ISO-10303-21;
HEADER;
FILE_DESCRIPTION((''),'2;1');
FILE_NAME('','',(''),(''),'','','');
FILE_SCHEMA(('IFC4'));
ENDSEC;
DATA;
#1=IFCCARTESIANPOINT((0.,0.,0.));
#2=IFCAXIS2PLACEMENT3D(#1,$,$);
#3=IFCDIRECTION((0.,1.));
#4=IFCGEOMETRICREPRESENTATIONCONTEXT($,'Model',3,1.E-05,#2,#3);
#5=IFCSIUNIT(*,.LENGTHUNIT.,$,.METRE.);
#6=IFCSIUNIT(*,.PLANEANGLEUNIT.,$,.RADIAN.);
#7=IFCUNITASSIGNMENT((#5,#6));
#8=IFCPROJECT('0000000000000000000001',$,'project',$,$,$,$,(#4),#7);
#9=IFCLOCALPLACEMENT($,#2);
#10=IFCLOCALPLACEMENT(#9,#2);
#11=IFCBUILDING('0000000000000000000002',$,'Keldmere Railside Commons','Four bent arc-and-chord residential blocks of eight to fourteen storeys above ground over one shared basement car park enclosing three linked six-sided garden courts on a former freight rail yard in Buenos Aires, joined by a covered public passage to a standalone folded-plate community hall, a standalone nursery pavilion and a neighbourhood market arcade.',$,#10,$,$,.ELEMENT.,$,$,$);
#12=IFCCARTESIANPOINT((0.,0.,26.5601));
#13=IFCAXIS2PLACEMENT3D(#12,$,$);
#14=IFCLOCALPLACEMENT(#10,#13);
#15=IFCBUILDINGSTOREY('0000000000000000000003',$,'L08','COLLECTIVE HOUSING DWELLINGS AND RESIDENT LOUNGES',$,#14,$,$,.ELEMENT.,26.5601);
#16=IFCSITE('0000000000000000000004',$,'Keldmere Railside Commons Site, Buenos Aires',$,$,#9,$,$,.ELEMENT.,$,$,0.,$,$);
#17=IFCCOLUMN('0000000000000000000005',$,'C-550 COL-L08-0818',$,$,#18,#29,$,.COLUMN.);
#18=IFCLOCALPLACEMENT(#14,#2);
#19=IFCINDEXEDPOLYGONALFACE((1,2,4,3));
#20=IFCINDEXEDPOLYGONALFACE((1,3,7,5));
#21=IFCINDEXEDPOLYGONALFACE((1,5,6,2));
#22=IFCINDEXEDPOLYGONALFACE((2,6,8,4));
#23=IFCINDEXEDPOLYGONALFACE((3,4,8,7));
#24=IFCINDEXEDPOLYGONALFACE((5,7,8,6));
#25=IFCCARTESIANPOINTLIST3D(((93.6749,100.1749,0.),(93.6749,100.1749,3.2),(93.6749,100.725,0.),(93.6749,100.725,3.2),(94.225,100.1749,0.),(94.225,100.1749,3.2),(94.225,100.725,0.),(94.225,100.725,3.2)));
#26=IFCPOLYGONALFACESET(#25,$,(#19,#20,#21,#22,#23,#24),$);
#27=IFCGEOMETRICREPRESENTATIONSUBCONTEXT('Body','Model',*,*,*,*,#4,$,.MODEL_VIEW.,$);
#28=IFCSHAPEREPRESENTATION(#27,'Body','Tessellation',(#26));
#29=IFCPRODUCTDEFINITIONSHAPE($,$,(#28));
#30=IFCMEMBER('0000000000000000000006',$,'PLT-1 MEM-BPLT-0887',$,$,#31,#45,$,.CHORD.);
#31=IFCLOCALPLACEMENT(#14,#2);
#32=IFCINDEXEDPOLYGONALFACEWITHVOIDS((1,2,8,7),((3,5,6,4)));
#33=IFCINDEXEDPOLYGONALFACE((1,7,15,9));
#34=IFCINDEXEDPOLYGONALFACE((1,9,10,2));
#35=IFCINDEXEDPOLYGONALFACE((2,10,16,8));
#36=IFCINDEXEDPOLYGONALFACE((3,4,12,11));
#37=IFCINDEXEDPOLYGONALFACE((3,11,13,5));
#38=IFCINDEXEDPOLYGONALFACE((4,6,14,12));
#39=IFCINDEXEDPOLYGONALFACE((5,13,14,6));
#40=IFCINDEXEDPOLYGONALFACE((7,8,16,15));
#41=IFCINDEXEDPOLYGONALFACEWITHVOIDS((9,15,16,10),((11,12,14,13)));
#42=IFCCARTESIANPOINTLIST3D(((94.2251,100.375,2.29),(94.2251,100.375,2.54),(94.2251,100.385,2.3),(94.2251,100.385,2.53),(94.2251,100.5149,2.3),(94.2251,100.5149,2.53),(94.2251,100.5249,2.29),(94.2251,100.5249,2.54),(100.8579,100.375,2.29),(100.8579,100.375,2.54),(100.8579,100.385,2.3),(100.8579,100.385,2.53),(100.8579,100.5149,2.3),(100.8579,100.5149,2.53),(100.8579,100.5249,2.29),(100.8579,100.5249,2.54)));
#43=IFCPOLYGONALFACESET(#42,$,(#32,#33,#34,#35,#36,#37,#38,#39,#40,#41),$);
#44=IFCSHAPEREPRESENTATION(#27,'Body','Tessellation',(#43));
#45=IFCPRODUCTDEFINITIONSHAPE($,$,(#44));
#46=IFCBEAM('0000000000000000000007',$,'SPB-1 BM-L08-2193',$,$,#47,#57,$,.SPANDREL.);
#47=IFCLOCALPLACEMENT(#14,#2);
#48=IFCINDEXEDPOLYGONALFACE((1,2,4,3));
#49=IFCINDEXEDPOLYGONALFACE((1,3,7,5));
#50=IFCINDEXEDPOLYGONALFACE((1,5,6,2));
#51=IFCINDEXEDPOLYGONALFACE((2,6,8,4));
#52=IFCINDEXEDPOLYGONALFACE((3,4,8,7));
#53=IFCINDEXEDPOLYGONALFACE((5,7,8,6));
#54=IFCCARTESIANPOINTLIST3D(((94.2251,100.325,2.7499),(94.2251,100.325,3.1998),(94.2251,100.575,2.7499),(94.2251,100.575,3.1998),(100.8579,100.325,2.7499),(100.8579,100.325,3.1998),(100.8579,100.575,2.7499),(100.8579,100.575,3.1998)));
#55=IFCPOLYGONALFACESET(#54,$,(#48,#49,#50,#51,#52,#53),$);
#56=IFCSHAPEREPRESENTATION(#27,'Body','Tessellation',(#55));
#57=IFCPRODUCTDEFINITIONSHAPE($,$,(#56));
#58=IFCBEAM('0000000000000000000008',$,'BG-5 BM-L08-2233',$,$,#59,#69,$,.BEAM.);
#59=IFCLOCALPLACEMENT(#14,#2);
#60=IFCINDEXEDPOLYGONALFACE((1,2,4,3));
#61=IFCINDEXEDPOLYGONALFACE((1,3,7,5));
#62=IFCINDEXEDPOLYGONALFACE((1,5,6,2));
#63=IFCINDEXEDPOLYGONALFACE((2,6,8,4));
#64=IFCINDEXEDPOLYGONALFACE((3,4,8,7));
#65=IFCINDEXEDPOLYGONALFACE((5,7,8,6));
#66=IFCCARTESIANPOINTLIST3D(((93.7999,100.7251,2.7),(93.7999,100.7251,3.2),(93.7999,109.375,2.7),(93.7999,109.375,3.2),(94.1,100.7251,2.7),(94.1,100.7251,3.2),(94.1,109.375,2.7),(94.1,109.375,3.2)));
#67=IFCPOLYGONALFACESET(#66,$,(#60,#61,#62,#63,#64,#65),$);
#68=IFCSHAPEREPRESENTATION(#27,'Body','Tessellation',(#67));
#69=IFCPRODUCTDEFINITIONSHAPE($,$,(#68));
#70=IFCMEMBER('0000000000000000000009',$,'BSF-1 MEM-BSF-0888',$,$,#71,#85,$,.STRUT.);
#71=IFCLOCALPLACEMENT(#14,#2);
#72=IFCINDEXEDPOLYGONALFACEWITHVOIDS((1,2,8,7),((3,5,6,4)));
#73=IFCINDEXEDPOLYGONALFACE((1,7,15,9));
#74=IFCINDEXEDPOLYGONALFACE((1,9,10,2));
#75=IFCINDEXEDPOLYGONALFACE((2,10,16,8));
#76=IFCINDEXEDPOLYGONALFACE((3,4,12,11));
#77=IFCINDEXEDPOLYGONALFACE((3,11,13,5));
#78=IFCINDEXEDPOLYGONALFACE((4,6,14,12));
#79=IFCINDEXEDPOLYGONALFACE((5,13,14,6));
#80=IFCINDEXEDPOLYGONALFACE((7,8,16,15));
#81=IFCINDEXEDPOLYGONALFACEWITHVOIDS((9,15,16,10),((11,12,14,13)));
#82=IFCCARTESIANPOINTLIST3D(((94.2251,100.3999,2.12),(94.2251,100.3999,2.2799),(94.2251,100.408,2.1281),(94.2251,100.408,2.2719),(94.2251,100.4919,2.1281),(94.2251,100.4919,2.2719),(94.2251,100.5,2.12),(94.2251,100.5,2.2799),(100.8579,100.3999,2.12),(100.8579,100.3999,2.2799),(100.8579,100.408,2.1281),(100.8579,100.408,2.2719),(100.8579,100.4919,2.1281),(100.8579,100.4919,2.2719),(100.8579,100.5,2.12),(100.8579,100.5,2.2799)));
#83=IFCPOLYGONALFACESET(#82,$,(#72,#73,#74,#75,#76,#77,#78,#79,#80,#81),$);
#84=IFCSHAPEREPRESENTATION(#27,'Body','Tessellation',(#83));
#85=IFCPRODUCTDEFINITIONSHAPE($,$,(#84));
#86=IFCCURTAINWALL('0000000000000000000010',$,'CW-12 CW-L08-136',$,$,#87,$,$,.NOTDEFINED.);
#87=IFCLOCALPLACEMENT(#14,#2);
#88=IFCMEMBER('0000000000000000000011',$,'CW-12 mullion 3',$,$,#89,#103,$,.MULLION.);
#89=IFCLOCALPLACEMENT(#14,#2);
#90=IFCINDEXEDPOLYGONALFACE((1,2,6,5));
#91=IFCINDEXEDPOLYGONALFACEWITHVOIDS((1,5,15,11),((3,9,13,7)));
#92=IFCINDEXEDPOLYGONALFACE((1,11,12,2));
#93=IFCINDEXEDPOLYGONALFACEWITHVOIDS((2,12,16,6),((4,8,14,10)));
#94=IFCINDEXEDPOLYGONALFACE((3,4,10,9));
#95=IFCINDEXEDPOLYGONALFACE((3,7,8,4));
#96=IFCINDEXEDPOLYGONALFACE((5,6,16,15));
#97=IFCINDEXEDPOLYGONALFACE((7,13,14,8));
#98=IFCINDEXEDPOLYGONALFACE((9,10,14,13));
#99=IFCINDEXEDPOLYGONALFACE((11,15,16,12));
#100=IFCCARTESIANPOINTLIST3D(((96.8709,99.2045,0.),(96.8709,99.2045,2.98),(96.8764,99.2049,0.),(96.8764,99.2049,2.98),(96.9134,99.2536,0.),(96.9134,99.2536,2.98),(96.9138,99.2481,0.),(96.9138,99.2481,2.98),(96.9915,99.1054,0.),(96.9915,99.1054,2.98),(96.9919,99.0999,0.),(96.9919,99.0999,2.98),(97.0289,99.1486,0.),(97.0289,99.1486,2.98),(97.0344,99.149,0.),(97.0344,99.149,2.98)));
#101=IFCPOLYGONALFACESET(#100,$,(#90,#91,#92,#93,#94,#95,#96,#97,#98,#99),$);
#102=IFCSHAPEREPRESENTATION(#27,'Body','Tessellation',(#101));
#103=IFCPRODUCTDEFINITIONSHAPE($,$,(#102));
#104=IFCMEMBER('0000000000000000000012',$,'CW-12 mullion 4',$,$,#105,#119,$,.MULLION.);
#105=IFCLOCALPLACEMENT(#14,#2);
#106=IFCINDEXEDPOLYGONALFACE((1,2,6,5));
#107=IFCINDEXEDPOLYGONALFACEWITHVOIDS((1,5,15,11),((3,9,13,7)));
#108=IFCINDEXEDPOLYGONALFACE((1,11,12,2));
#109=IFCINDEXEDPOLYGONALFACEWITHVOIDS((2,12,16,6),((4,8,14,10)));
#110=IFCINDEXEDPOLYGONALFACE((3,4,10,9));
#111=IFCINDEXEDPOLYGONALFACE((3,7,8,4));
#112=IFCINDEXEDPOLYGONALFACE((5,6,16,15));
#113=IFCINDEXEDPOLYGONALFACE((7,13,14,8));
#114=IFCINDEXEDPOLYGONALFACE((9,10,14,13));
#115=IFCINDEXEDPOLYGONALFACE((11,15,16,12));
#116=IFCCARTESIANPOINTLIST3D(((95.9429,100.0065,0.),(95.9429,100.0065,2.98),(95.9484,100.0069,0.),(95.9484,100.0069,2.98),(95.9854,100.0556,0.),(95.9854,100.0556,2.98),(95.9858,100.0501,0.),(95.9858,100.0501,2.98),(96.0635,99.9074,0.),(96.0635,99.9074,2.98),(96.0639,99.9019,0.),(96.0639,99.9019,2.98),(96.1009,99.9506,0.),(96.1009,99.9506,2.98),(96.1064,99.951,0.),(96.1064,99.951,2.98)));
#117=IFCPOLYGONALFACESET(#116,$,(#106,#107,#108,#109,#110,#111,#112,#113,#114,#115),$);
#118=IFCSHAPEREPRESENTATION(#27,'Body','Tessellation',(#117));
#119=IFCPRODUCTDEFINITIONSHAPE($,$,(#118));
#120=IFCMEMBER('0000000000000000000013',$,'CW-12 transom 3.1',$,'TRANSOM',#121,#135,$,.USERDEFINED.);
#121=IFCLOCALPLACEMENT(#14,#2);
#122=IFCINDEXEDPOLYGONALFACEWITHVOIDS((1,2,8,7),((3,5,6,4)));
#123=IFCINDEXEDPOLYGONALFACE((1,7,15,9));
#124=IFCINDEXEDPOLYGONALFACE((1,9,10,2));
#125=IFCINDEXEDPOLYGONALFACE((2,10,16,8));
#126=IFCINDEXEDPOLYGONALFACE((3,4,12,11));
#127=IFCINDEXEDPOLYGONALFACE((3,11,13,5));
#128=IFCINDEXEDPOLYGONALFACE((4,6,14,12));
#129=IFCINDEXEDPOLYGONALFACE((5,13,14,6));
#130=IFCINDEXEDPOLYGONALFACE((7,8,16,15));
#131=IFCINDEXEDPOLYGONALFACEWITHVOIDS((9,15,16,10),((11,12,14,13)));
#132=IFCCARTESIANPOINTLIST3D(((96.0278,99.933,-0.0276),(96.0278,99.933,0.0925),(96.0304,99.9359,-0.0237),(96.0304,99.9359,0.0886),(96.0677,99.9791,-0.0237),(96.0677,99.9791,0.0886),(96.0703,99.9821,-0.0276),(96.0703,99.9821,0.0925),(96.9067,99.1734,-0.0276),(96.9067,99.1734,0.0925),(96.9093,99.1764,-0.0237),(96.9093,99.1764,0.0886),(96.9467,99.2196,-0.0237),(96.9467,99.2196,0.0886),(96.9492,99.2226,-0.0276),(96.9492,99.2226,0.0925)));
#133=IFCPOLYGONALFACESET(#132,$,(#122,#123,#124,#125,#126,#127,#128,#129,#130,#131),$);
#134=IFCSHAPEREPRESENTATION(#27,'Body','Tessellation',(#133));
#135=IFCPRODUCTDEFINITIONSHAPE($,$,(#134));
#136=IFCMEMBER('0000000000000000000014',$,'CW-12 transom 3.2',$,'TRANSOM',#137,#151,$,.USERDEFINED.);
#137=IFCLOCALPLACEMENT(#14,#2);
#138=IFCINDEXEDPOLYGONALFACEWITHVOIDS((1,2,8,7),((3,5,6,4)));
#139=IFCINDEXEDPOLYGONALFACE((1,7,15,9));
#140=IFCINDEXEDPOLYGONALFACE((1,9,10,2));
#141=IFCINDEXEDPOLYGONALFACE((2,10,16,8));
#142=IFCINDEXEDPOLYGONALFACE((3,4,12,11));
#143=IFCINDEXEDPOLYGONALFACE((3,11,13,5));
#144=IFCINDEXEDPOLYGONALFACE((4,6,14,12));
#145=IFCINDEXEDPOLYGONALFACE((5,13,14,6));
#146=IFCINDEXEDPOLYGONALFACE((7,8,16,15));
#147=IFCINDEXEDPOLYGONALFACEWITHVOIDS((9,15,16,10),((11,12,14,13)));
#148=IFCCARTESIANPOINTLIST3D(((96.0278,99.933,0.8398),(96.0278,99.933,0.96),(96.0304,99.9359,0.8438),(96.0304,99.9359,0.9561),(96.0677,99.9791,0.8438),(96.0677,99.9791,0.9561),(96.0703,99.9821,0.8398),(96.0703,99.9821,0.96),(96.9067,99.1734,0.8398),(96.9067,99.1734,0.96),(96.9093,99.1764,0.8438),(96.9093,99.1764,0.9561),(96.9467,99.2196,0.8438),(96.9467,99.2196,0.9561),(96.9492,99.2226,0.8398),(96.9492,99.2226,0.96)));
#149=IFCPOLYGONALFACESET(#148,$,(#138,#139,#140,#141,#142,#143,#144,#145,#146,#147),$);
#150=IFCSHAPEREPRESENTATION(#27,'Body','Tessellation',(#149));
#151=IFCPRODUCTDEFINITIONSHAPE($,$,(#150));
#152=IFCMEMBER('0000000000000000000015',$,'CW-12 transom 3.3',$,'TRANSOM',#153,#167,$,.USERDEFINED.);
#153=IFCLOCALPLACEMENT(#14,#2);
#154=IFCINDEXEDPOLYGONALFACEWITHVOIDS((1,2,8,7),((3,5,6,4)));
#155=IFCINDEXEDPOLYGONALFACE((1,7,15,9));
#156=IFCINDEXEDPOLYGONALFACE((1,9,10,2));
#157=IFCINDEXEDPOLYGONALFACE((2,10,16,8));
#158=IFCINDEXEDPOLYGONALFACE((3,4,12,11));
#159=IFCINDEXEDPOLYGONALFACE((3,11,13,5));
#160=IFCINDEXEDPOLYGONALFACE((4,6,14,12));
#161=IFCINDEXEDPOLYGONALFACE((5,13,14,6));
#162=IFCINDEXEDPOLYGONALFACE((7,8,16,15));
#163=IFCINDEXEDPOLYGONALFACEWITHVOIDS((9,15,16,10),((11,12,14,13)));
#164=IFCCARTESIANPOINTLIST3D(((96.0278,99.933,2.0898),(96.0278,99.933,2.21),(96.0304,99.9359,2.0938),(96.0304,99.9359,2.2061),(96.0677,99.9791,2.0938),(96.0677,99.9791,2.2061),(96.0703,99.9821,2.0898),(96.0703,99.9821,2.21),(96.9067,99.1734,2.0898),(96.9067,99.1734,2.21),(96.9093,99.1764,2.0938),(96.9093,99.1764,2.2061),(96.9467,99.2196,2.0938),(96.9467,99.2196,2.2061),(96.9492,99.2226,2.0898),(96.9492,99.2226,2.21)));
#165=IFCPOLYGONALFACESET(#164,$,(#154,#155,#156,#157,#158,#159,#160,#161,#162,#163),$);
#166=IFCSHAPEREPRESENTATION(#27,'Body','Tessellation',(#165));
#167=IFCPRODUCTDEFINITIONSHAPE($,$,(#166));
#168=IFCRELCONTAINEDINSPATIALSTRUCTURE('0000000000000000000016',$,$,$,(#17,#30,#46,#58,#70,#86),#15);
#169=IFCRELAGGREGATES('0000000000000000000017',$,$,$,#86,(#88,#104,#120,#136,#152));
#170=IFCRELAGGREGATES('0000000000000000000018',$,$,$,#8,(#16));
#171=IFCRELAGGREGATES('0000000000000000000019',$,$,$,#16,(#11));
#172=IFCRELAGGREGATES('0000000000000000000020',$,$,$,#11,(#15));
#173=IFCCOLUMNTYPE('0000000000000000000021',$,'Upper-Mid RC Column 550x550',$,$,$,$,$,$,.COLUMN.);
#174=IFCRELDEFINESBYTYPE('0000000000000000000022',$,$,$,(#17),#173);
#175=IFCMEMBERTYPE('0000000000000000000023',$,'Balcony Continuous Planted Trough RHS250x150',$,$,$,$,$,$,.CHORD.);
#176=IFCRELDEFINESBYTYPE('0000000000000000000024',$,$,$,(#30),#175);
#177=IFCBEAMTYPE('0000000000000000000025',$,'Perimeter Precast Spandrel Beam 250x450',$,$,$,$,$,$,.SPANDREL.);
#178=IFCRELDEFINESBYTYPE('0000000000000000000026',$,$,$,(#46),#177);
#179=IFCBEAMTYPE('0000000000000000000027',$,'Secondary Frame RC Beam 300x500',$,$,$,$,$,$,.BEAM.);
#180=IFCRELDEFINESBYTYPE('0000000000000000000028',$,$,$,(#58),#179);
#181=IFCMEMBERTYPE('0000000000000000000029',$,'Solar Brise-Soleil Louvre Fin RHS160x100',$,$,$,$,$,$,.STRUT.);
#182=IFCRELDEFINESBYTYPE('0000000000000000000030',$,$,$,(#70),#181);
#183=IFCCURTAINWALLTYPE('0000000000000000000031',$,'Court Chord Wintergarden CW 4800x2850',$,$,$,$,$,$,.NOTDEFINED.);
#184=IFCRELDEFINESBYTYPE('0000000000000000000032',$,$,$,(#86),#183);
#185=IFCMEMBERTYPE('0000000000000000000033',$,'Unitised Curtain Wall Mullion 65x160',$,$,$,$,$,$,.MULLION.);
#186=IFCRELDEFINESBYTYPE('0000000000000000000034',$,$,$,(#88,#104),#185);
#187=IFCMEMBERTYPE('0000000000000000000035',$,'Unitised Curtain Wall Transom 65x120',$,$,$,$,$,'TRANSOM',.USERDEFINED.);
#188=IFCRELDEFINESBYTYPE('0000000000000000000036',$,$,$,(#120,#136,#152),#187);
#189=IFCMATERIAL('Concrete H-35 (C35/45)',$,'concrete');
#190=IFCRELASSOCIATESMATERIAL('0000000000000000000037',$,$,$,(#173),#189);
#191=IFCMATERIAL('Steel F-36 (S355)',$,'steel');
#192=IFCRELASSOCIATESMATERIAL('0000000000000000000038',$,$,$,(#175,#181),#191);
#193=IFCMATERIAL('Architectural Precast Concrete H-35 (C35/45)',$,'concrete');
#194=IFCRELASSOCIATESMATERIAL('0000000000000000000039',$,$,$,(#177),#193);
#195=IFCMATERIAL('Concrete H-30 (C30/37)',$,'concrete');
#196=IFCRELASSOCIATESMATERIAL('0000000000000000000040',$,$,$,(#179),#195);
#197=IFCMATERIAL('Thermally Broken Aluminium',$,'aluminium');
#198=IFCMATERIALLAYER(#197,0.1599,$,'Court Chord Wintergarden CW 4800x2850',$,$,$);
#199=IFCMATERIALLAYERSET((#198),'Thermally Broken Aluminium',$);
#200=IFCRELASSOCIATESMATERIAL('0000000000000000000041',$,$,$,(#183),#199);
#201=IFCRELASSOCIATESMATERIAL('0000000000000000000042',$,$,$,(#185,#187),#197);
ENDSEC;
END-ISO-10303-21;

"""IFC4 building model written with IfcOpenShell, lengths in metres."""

from ifc_helpers import new_model, si_unit, direction, frame, origin, origin_2d, place, context, subcontext, project, spatial, rectangle, hollow_rectangle, extrude, material, layer, layer_set, material_profile, profile_set, type_object, element, aggregate, save


model = new_model("IFC4")

# Units and contexts
model_context = context("Model", 3, precision=1e-05, world=origin(), true_north=direction((0.0, 1.0)))
body_context = subcontext(model_context, "Body", "Model", "MODEL_VIEW")
ifc_project = project(units=[si_unit("LENGTHUNIT", "METRE"), si_unit("PLANEANGLEUNIT", "RADIAN")], contexts=[model_context])

# Site, building, storey
site_placement = place(None, origin())
site = spatial("IfcSite", under=ifc_project, at=site_placement, Name="Keldmere Railside Commons Site, Buenos Aires", CompositionType="ELEMENT", RefElevation=0.0)
building_placement = place(site_placement, origin())
building = spatial("IfcBuilding", under=site, at=building_placement, Name="Keldmere Railside Commons", Description="Four bent arc-and-chord residential blocks of eight to fourteen storeys above ground over one shared basement car park enclosing three linked six-sided garden courts on a former freight rail yard in Buenos Aires, joined by a covered public passage to a standalone folded-plate community hall, a standalone nursery pavilion and a neighbourhood market arcade.", CompositionType="ELEMENT")
storey_placement = place(building_placement, frame((0.0, 0.0, 26.5601)))
storey = spatial("IfcBuildingStorey", under=building, at=storey_placement, Name="L08", Description="COLLECTIVE HOUSING DWELLINGS AND RESIDENT LOUNGES", CompositionType="ELEMENT", Elevation=26.5601)

# Column
ifc_material_1 = material(Name="Concrete H-35 (C35/45)", Category="concrete")
ifc_material_profile_1 = material_profile(ifc_material_1, rectangle(XDim=0.55, YDim=0.55, at=origin_2d()), Name="RC-550x550")
ifc_profile_set_1 = profile_set([ifc_material_profile_1], Name="Concrete H-35 (C35/45)")
column_type = type_object("IfcColumnType", Name="Upper-Mid RC Column 550x550", PredefinedType="COLUMN", material=ifc_profile_set_1)
column_placement = place(storey_placement, frame((93.95, 100.45, 0.0), z_axis=(0.0, 0.0, 1.0), x_axis=(1.0, 0.0, 0.0)))
element("IfcColumn", 1, at=column_placement, inside=storey, type_object=column_type, Name="C-550 COL-L08-0818", PredefinedType="COLUMN", context=body_context, shape_type="SweptSolid", body=[
    extrude(rectangle(XDim=0.55, YDim=0.55, at=origin_2d()), origin(), (0.0, 0.0, 1.0), 3.2),
])

# Member
ifc_material_2 = material(Name="Steel F-36 (S355)", Category="steel")
ifc_material_profile_2 = material_profile(ifc_material_2, hollow_rectangle(XDim=0.1499, YDim=0.25, WallThickness=0.01, at=origin_2d()), Name="RHS-250x150x10")
ifc_profile_set_2 = profile_set([ifc_material_profile_2], Name="Steel F-36 (S355)")
member_type_1 = type_object("IfcMemberType", Name="Balcony Continuous Planted Trough RHS250x150", PredefinedType="CHORD", material=ifc_profile_set_2)
member_1_placement = place(storey_placement, frame((94.2251, 100.45, 2.415), z_axis=(1.0, 0.0, 0.0), x_axis=(0.0, 1.0, 0.0)))
element("IfcMember", 2, at=member_1_placement, inside=storey, type_object=member_type_1, Name="PLT-1 MEM-BPLT-0887", PredefinedType="CHORD", context=body_context, shape_type="SweptSolid", body=[
    extrude(hollow_rectangle(XDim=0.1499, YDim=0.25, WallThickness=0.01, at=origin_2d()), origin(), (0.0, 0.0, 1.0), 6.6328),
])

# Beams
ifc_material_3 = material(Name="Architectural Precast Concrete H-35 (C35/45)", Category="concrete")
ifc_material_profile_3 = material_profile(ifc_material_3, rectangle(XDim=0.25, YDim=0.45, at=origin_2d()), Name="RC-250x450")
ifc_profile_set_3 = profile_set([ifc_material_profile_3], Name="Architectural Precast Concrete H-35 (C35/45)")
beam_type_1 = type_object("IfcBeamType", Name="Perimeter Precast Spandrel Beam 250x450", PredefinedType="SPANDREL", material=ifc_profile_set_3)
beam_1_placement = place(storey_placement, frame((94.2251, 100.45, 2.9749), z_axis=(1.0, 0.0, 0.0), x_axis=(0.0, 1.0, 0.0)))
element("IfcBeam", 3, at=beam_1_placement, inside=storey, type_object=beam_type_1, Name="SPB-1 BM-L08-2193", PredefinedType="SPANDREL", context=body_context, shape_type="SweptSolid", body=[
    extrude(rectangle(XDim=0.25, YDim=0.45, at=origin_2d()), origin(), (0.0, 0.0, 1.0), 6.6328),
])
ifc_material_4 = material(Name="Concrete H-30 (C30/37)", Category="concrete")
ifc_material_profile_4 = material_profile(ifc_material_4, rectangle(XDim=0.3, YDim=0.5, at=origin_2d()), Name="RC-300x500")
ifc_profile_set_4 = profile_set([ifc_material_profile_4], Name="Concrete H-30 (C30/37)")
beam_type_2 = type_object("IfcBeamType", Name="Secondary Frame RC Beam 300x500", PredefinedType="BEAM", material=ifc_profile_set_4)
beam_2_placement = place(storey_placement, frame((93.95, 100.7251, 2.95), z_axis=(0.0, 1.0, 0.0), x_axis=(-1.0, 0.0, 0.0)))
element("IfcBeam", 4, at=beam_2_placement, inside=storey, type_object=beam_type_2, Name="BG-5 BM-L08-2233", PredefinedType="BEAM", context=body_context, shape_type="SweptSolid", body=[
    extrude(rectangle(XDim=0.3, YDim=0.5, at=origin_2d()), origin(), (0.0, 0.0, 1.0), 8.6499),
])

# Member
ifc_material_profile_5 = material_profile(ifc_material_2, hollow_rectangle(XDim=0.1001, YDim=0.1599, WallThickness=0.0081, at=origin_2d()), Name="RHS-160x100x8")
ifc_profile_set_5 = profile_set([ifc_material_profile_5], Name="Steel F-36 (S355)")
member_type_2 = type_object("IfcMemberType", Name="Solar Brise-Soleil Louvre Fin RHS160x100", PredefinedType="STRUT", material=ifc_profile_set_5)
member_2_placement = place(storey_placement, frame((94.2251, 100.45, 2.2), z_axis=(1.0, 0.0, 0.0), x_axis=(0.0, 1.0, 0.0)))
element("IfcMember", 5, at=member_2_placement, inside=storey, type_object=member_type_2, Name="BSF-1 MEM-BSF-0888", PredefinedType="STRUT", context=body_context, shape_type="SweptSolid", body=[
    extrude(hollow_rectangle(XDim=0.1001, YDim=0.1599, WallThickness=0.0081, at=origin_2d()), origin(), (0.0, 0.0, 1.0), 6.6328),
])

# Curtain wall, members
ifc_material_5 = material(Name="Thermally Broken Aluminium", Category="aluminium")
ifc_layer_1 = layer(ifc_material_5, 0.1599, Name="Court Chord Wintergarden CW 4800x2850")
ifc_layer_set_1 = layer_set([ifc_layer_1], Name="Thermally Broken Aluminium")
curtain_wall_type = type_object("IfcCurtainWallType", Name="Court Chord Wintergarden CW 4800x2850", PredefinedType="NOTDEFINED", material=ifc_layer_set_1)
curtain_wall_placement = place(storey_placement, origin())
curtain_wall = element("IfcCurtainWall", 6, at=curtain_wall_placement, inside=storey, type_object=curtain_wall_type, Name="CW-12 CW-L08-136", PredefinedType="NOTDEFINED")
ifc_material_profile_6 = material_profile(ifc_material_5, hollow_rectangle(XDim=0.0649, YDim=0.1599, WallThickness=0.0039, at=origin_2d()), Name="ALU-MULL-65x160")
ifc_profile_set_6 = profile_set([ifc_material_profile_6], Name="Thermally Broken Aluminium")
member_type_3 = type_object("IfcMemberType", Name="Unitised Curtain Wall Mullion 65x160", PredefinedType="MULLION", material=ifc_profile_set_6)
member_3_placement = place(storey_placement, frame((96.9526, 99.1768, 0.0), z_axis=(0.0, 0.0, 1.0), x_axis=(-0.653882, -0.756597, 0.0)))
member_3 = element("IfcMember", 7, at=member_3_placement, type_object=member_type_3, Name="CW-12 mullion 3", PredefinedType="MULLION", context=body_context, shape_type="SweptSolid", body=[
    extrude(hollow_rectangle(XDim=0.0649, YDim=0.1599, WallThickness=0.0039, at=origin_2d()), origin(), (0.0, 0.0, 1.0), 2.98),
])
member_4_placement = place(storey_placement, frame((96.0247, 99.9788, 0.0), z_axis=(0.0, 0.0, 1.0), x_axis=(-0.653882, -0.756597, 0.0)))
member_4 = element("IfcMember", 8, at=member_4_placement, type_object=member_type_3, Name="CW-12 mullion 4", PredefinedType="MULLION", context=body_context, shape_type="SweptSolid", body=[
    extrude(hollow_rectangle(XDim=0.0649, YDim=0.1599, WallThickness=0.0039, at=origin_2d()), origin(), (0.0, 0.0, 1.0), 2.98),
])
ifc_material_profile_7 = material_profile(ifc_material_5, hollow_rectangle(XDim=0.0649, YDim=0.1201, WallThickness=0.0039, at=origin_2d()), Name="ALU-TRAN-65x120")
ifc_profile_set_7 = profile_set([ifc_material_profile_7], Name="Thermally Broken Aluminium")
member_type_4 = type_object("IfcMemberType", Name="Unitised Curtain Wall Transom 65x120", ElementType="TRANSOM", PredefinedType="USERDEFINED", material=ifc_profile_set_7)
member_5_placement = place(storey_placement, frame((96.928, 99.198, 0.0325), z_axis=(-0.756624, 0.65385, 0.0), x_axis=(-0.65385, -0.756624, 0.0)))
member_5 = element("IfcMember", 9, at=member_5_placement, type_object=member_type_4, Name="CW-12 transom 3.1", ObjectType="TRANSOM", PredefinedType="USERDEFINED", context=body_context, shape_type="SweptSolid", body=[
    extrude(hollow_rectangle(XDim=0.0649, YDim=0.1201, WallThickness=0.0039, at=origin_2d()), origin(), (0.0, 0.0, 1.0), 1.1616),
])
member_6_placement = place(storey_placement, frame((96.928, 99.198, 0.8999), z_axis=(-0.756624, 0.65385, 0.0), x_axis=(-0.65385, -0.756624, 0.0)))
member_6 = element("IfcMember", 10, at=member_6_placement, type_object=member_type_4, Name="CW-12 transom 3.2", ObjectType="TRANSOM", PredefinedType="USERDEFINED", context=body_context, shape_type="SweptSolid", body=[
    extrude(hollow_rectangle(XDim=0.0649, YDim=0.1201, WallThickness=0.0039, at=origin_2d()), origin(), (0.0, 0.0, 1.0), 1.1616),
])
member_7_placement = place(storey_placement, frame((96.928, 99.198, 2.1499), z_axis=(-0.756624, 0.65385, 0.0), x_axis=(-0.65385, -0.756624, 0.0)))
member_7 = element("IfcMember", 11, at=member_7_placement, type_object=member_type_4, Name="CW-12 transom 3.3", ObjectType="TRANSOM", PredefinedType="USERDEFINED", context=body_context, shape_type="SweptSolid", body=[
    extrude(hollow_rectangle(XDim=0.0649, YDim=0.1201, WallThickness=0.0039, at=origin_2d()), origin(), (0.0, 0.0, 1.0), 1.1616),
])
aggregate(curtain_wall, [member_3, member_4, member_5, member_6, member_7])

save(model, "model.ifc")
